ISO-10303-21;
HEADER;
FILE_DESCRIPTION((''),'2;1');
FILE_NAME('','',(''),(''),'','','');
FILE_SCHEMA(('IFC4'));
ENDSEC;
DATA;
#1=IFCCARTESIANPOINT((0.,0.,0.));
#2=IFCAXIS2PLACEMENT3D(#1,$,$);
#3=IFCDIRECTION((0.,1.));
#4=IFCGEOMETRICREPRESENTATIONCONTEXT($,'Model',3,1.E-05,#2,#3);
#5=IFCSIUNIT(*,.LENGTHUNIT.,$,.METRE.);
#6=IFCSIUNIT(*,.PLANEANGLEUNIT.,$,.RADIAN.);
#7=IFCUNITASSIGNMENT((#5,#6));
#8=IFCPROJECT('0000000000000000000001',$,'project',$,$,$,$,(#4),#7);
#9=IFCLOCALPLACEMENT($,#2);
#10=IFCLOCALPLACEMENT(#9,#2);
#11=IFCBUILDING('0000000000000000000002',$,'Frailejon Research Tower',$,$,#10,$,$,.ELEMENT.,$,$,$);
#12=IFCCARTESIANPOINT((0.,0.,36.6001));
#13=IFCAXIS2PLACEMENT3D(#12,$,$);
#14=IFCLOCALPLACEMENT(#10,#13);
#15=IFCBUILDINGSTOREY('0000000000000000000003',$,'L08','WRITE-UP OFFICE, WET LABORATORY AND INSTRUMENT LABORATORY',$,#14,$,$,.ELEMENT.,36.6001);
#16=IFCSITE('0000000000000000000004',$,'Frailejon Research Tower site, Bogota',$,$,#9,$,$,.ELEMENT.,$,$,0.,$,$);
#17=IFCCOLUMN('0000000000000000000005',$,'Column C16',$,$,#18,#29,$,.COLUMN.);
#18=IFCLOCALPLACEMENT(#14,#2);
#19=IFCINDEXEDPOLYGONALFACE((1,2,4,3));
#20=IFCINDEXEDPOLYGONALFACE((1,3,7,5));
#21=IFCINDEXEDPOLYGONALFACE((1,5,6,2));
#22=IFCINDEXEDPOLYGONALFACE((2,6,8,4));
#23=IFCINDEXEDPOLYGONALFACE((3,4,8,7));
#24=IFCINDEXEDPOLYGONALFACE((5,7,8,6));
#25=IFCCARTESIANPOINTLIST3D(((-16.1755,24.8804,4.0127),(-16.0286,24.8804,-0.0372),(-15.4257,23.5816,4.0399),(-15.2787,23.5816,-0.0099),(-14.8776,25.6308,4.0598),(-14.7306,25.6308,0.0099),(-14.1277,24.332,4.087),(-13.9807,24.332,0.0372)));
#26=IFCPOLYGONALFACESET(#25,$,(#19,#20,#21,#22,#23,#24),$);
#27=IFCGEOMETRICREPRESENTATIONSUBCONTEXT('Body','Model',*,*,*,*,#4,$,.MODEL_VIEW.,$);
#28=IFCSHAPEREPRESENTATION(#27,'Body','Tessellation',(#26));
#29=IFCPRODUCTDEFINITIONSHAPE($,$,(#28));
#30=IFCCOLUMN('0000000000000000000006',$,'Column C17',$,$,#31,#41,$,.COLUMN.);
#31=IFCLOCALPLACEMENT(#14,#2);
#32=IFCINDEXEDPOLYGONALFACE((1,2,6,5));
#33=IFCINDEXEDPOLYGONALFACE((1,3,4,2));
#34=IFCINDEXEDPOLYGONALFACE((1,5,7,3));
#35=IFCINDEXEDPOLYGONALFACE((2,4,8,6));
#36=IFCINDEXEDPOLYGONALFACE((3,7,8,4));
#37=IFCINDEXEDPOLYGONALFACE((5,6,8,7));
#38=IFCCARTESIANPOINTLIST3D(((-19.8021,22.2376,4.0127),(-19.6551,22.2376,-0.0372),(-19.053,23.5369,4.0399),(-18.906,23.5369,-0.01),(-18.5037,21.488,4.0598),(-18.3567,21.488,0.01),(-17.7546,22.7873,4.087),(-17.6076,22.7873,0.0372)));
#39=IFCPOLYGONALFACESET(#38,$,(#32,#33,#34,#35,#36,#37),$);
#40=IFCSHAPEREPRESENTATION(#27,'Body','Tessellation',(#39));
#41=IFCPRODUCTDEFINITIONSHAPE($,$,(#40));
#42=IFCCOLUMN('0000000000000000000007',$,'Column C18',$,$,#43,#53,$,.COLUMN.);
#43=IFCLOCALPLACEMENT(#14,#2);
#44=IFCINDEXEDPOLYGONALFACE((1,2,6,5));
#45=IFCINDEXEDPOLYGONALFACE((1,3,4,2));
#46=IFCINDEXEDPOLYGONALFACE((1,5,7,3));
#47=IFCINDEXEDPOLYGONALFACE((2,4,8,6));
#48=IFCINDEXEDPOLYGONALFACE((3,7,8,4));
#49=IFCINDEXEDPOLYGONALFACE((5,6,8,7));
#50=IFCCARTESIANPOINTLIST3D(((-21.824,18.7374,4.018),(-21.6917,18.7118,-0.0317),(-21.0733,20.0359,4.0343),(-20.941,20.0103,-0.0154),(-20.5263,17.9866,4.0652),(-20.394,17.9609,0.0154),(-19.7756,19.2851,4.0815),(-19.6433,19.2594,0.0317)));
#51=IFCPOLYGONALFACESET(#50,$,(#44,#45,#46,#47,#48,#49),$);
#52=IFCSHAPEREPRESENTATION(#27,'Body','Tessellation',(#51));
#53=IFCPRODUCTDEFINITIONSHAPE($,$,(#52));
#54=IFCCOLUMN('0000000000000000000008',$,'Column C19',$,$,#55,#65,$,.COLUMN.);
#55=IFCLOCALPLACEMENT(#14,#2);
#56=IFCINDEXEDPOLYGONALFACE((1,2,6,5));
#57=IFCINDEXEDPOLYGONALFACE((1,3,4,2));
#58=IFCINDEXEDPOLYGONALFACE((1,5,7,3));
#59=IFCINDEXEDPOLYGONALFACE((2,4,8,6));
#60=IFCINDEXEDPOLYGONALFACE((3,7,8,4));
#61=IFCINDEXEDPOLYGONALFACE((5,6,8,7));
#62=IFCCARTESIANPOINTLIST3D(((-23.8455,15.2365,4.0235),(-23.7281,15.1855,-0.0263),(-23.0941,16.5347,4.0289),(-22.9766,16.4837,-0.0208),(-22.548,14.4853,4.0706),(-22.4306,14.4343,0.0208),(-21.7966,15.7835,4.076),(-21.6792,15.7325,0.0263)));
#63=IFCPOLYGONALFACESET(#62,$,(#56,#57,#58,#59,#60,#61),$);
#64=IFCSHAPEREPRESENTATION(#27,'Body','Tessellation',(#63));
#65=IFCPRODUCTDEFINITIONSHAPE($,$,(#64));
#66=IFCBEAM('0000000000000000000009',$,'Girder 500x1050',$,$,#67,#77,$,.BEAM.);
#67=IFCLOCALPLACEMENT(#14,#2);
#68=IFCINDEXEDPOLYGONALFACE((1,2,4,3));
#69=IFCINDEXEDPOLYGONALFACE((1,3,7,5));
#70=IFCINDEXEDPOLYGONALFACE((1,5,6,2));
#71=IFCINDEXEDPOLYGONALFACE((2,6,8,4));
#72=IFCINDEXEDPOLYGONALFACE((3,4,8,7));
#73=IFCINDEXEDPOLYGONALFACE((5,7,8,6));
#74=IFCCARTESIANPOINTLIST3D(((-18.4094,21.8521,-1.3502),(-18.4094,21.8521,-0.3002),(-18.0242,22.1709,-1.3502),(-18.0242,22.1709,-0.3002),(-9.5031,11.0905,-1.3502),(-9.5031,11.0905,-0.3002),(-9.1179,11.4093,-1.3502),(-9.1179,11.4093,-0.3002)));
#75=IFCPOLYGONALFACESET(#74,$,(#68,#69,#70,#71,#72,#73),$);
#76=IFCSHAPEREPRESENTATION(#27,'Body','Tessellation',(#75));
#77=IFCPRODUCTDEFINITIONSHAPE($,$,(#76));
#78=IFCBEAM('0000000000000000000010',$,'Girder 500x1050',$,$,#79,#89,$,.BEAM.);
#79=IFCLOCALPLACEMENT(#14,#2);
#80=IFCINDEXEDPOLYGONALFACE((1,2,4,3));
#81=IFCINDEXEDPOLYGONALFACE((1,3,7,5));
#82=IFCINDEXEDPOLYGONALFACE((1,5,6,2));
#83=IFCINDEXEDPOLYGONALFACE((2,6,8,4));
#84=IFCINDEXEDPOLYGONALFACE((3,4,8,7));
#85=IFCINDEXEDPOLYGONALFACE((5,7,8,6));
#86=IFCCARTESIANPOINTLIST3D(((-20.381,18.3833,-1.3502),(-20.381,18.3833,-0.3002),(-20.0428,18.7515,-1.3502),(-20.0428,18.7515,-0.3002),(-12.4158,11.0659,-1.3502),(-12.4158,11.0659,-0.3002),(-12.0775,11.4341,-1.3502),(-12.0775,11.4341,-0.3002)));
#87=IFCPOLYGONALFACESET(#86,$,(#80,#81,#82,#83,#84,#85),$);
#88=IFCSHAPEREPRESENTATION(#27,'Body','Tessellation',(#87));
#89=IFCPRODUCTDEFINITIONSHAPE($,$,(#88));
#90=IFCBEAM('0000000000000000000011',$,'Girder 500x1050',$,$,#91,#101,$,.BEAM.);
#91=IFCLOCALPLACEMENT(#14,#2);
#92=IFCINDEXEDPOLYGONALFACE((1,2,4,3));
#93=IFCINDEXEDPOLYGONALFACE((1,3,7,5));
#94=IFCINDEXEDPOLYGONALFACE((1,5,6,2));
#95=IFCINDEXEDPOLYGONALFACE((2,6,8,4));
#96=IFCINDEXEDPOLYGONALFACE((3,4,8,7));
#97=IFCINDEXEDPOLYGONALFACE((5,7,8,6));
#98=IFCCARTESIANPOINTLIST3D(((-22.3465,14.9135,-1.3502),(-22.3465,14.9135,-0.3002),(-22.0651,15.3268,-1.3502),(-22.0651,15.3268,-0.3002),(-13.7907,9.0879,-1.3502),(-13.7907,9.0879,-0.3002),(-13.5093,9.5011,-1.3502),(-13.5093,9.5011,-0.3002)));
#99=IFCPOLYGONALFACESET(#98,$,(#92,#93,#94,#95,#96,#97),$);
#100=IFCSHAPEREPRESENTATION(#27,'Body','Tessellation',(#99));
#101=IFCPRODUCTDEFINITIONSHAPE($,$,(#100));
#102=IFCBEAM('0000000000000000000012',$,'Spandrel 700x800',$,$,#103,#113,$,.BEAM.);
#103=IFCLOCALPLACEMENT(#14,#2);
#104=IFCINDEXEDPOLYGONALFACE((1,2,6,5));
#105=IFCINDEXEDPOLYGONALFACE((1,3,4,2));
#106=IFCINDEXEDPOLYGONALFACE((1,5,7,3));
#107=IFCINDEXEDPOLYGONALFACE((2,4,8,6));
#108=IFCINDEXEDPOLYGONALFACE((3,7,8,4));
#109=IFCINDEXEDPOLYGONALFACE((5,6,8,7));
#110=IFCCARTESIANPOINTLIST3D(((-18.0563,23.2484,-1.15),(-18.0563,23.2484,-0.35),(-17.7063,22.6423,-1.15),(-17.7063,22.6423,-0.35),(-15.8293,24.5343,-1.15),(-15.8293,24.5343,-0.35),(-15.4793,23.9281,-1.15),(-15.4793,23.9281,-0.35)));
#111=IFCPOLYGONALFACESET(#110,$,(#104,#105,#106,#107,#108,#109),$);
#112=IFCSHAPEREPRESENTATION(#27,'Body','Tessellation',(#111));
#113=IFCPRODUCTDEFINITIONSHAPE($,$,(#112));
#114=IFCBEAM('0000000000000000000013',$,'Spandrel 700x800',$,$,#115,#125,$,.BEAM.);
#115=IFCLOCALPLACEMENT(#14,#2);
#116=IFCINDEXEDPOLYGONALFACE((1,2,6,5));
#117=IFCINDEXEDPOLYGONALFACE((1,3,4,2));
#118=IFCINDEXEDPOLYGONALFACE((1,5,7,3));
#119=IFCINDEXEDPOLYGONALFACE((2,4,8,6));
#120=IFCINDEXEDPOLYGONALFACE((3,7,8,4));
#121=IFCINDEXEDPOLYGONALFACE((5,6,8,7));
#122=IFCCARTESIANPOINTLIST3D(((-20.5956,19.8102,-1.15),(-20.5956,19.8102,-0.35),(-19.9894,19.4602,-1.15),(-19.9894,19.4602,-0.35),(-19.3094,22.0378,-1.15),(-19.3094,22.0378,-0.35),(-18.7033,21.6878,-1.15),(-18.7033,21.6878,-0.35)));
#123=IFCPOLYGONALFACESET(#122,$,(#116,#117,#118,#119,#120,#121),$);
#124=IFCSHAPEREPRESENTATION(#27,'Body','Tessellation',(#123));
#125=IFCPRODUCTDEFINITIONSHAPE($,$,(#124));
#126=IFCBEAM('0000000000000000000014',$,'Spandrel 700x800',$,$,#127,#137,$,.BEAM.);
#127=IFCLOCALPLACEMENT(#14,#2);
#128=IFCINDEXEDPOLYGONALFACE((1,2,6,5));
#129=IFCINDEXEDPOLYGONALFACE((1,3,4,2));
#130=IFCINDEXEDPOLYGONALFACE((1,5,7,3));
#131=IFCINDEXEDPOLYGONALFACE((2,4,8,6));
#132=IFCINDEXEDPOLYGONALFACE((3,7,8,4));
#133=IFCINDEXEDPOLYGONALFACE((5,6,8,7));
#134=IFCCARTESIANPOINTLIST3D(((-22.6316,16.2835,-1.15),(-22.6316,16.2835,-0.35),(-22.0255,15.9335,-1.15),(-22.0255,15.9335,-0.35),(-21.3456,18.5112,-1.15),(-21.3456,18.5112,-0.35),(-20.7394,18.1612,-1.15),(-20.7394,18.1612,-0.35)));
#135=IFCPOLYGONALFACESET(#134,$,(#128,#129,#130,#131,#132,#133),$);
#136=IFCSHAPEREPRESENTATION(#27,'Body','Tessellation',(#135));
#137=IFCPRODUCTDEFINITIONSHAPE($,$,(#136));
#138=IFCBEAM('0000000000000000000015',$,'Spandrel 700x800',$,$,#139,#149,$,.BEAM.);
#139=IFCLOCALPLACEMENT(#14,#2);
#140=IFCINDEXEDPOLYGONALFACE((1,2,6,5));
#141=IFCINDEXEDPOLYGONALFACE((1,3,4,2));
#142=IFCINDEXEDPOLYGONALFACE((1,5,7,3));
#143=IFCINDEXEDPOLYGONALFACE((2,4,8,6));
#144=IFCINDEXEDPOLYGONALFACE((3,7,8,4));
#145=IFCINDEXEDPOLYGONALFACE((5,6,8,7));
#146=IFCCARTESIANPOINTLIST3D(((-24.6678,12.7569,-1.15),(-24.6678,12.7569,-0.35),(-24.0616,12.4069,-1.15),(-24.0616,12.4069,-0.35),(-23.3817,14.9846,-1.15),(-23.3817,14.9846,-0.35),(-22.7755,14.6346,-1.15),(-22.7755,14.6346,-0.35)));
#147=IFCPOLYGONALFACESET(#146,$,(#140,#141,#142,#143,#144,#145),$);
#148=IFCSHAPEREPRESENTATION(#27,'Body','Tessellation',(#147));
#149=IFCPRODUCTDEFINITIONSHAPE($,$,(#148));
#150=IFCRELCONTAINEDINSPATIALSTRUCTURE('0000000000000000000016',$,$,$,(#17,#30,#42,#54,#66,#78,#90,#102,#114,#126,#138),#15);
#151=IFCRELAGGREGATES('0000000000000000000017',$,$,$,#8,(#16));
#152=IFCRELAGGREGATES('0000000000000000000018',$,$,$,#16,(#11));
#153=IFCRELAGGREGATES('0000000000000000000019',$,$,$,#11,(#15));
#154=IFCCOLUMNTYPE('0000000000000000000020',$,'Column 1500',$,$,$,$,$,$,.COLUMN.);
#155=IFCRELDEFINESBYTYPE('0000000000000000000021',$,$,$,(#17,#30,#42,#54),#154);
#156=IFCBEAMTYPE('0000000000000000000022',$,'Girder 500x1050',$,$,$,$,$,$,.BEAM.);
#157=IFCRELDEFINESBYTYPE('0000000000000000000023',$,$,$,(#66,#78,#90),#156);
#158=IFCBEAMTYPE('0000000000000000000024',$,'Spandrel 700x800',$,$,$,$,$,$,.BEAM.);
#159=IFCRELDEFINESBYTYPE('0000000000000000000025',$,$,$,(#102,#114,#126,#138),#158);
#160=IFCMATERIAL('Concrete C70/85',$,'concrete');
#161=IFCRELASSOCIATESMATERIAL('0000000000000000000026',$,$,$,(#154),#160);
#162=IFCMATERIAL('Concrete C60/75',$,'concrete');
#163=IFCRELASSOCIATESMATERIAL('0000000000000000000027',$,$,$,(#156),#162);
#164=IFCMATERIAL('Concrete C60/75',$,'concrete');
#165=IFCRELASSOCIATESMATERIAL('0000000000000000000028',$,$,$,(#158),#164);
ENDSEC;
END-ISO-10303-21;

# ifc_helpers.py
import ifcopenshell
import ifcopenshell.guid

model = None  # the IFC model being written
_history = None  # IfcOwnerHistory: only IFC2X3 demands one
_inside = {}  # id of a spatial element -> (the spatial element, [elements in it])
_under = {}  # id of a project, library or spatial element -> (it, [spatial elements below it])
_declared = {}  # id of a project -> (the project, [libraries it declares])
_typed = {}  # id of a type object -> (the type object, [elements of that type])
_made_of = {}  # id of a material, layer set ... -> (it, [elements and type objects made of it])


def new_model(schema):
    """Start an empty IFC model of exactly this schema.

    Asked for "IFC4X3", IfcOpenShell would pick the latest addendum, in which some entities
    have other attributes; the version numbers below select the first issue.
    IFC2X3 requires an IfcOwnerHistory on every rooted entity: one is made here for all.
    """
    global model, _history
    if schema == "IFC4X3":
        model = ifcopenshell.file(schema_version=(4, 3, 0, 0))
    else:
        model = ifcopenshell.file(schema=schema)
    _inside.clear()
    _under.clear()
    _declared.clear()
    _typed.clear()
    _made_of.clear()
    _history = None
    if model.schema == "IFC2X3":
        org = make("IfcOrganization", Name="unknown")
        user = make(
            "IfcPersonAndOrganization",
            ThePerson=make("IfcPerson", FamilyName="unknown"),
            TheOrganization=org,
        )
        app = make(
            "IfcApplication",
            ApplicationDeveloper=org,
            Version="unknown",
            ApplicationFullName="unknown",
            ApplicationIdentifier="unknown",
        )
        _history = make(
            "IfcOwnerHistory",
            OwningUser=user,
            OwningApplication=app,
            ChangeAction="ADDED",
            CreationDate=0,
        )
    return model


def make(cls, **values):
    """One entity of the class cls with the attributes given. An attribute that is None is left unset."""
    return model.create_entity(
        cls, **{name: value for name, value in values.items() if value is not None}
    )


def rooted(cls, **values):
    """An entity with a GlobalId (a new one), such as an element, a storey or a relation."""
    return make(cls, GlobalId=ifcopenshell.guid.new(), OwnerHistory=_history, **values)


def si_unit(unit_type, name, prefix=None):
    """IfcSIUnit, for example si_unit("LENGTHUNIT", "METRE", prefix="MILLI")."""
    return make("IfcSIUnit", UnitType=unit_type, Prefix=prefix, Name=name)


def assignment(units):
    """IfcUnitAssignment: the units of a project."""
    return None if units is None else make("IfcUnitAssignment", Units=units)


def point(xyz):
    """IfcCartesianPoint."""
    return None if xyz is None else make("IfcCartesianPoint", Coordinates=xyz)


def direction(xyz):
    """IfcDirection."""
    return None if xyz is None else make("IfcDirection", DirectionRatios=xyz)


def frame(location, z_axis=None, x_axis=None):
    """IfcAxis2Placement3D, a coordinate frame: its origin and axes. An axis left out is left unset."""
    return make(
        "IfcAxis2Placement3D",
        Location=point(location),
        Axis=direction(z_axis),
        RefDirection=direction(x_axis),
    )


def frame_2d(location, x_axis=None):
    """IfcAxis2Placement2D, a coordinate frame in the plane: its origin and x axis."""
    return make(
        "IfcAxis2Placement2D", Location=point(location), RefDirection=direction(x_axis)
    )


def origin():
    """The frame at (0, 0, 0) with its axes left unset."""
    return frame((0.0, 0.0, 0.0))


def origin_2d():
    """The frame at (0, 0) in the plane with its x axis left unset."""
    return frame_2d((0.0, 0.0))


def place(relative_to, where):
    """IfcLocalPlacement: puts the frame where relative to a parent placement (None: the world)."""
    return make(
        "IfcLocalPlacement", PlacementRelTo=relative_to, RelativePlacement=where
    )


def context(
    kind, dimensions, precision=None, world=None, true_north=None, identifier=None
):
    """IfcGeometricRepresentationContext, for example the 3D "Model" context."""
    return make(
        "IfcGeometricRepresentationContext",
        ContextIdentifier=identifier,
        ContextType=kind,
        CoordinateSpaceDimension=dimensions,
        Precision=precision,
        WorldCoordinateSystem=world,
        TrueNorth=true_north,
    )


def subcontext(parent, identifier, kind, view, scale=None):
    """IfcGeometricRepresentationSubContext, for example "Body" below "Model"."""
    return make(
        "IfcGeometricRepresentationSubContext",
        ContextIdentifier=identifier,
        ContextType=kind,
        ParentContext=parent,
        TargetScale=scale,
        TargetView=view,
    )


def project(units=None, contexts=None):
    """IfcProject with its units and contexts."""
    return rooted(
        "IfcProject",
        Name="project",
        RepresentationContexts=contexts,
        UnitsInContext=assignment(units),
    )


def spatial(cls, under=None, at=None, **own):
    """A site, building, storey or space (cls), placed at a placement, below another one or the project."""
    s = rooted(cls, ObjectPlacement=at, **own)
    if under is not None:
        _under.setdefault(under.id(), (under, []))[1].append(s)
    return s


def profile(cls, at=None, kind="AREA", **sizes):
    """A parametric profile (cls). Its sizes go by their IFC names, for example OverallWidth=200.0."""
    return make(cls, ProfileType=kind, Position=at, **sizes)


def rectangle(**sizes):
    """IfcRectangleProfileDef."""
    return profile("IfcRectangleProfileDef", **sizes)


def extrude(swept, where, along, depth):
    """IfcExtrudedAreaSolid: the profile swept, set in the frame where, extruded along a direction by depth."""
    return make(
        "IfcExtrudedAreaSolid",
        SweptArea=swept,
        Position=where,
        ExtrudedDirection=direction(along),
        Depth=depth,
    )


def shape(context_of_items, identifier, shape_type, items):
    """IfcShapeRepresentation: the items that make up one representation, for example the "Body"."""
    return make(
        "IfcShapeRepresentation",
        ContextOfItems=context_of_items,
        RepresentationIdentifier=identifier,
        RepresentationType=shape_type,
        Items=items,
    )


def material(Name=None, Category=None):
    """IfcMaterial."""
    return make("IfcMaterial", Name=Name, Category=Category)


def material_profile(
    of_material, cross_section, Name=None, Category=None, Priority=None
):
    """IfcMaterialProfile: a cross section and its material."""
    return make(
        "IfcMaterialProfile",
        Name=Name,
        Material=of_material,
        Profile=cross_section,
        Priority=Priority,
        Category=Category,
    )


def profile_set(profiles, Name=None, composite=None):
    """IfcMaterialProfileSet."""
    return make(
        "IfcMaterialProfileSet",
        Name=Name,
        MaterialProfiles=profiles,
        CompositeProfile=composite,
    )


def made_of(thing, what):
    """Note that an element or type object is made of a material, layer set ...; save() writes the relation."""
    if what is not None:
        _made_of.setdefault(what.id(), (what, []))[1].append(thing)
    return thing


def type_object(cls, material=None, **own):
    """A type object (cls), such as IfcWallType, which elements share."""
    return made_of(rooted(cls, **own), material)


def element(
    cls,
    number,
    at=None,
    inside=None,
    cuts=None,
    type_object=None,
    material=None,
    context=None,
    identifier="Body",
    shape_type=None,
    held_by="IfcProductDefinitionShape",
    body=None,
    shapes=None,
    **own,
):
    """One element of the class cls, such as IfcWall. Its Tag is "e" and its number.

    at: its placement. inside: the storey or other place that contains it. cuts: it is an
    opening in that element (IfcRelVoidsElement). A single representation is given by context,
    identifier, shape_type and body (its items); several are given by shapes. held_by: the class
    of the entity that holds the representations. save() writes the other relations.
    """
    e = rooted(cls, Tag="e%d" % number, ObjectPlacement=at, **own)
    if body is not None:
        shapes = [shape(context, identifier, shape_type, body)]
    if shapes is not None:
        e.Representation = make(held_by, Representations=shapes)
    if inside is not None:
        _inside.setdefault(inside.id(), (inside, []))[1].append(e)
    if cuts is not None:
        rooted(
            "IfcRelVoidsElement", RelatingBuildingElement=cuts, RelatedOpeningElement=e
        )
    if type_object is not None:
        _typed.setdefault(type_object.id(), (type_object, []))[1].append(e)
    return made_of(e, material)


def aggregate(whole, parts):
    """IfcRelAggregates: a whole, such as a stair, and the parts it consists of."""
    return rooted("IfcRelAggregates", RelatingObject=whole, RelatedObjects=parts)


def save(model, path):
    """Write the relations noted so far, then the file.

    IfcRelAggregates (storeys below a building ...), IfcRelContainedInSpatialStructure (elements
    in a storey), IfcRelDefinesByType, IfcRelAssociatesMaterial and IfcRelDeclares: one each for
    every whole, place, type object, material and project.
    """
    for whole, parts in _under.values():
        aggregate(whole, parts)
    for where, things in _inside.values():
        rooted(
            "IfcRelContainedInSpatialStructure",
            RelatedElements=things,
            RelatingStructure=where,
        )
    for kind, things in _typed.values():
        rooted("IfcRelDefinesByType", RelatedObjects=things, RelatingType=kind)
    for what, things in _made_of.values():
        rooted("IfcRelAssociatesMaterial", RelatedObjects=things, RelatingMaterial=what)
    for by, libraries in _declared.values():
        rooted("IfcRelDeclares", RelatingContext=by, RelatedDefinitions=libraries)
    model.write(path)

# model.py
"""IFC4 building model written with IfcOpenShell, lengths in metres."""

from ifc_helpers import new_model, si_unit, direction, frame, origin, origin_2d, place, context, subcontext, project, spatial, rectangle, extrude, material, material_profile, profile_set, type_object, element, save


model = new_model("IFC4")

# Units and contexts
model_context = context("Model", 3, precision=1e-05, world=origin(), true_north=direction((0.0, 1.0)))
body_context = subcontext(model_context, "Body", "Model", "MODEL_VIEW")
ifc_project = project(units=[si_unit("LENGTHUNIT", "METRE"), si_unit("PLANEANGLEUNIT", "RADIAN")], contexts=[model_context])

# Site, building, storey
site_placement = place(None, origin())
site = spatial("IfcSite", under=ifc_project, at=site_placement, Name="Frailejon Research Tower site, Bogota", CompositionType="ELEMENT", RefElevation=0.0)
building_placement = place(site_placement, origin())
building = spatial("IfcBuilding", under=site, at=building_placement, Name="Frailejon Research Tower", CompositionType="ELEMENT")
storey_placement = place(building_placement, frame((0.0, 0.0, 36.6001)))
storey = spatial("IfcBuildingStorey", under=building, at=storey_placement, Name="L08", Description="WRITE-UP OFFICE, WET LABORATORY AND INSTRUMENT LABORATORY", CompositionType="ELEMENT", Elevation=36.6001)

# Columns
ifc_material_1 = material(Name="Concrete C70/85", Category="concrete")
ifc_material_profile_1 = material_profile(ifc_material_1, rectangle(XDim=1.5, YDim=1.5, at=origin_2d()), Name="Column 1500")
ifc_profile_set_1 = profile_set([ifc_material_profile_1], Name="Concrete C70/85")
column_type = type_object("IfcColumnType", Name="Column 1500", PredefinedType="COLUMN", material=ifc_profile_set_1)
for number, where, z_axis, x_axis, name in (
    (1, (-15.0046, 24.6062, 0.0), (-0.036267, 0.0, 0.999342), (-0.865313, -0.500246, -0.031403), "Column C16"),
    (2, (-18.6313, 22.5125, 0.0), (-0.036267, 0.0, 0.999342), (-0.499425, -0.866168, -0.018125), "Column C17"),
):
    element("IfcColumn", number, at=place(storey_placement, frame(where, z_axis=z_axis, x_axis=x_axis)), inside=storey, type_object=column_type, Name=name, PredefinedType="COLUMN", context=body_context, shape_type="SweptSolid", body=[
        extrude(rectangle(XDim=1.5, YDim=1.5, at=origin_2d()), origin(), (0.0, 0.0, 1.0), 4.0525),
    ])
column_1_placement = place(storey_placement, frame((-20.6675, 18.9856, 0.0), z_axis=(-0.032656, 0.006326, 0.999447), x_axis=(-0.500479, -0.865681, -0.010873)))
element("IfcColumn", 3, at=column_1_placement, inside=storey, type_object=column_type, Name="Column C18", PredefinedType="COLUMN", context=body_context, shape_type="SweptSolid", body=[
    extrude(rectangle(XDim=1.5, YDim=1.5, at=origin_2d()), origin(), (0.0, 0.0, 1.0), 4.052),
])
column_2_placement = place(storey_placement, frame((-22.7036, 15.459, 0.0), z_axis=(-0.028982, 0.012593, 0.999501), x_axis=(-0.500966, -0.865459, -0.003622)))
element("IfcColumn", 4, at=column_2_placement, inside=storey, type_object=column_type, Name="Column C19", PredefinedType="COLUMN", context=body_context, shape_type="SweptSolid", body=[
    extrude(rectangle(XDim=1.5, YDim=1.5, at=origin_2d()), origin(), (0.0, 0.0, 1.0), 4.0518),
])

# Beams
ifc_material_2 = material(Name="Concrete C60/75", Category="concrete")
ifc_material_profile_2 = material_profile(ifc_material_2, rectangle(XDim=0.5, YDim=1.05, at=origin_2d()), Name="Girder 500x1050")
ifc_profile_set_2 = profile_set([ifc_material_profile_2], Name="Concrete C60/75")
beam_type_1 = type_object("IfcBeamType", Name="Girder 500x1050", PredefinedType="BEAM", material=ifc_profile_set_2)
beam_1_placement = place(storey_placement, frame((-18.2168, 22.0115, -0.8252), z_axis=(0.637576, -0.770387, 0.0), x_axis=(0.770387, 0.637576, 0.0)))
element("IfcBeam", 5, at=beam_1_placement, inside=storey, type_object=beam_type_1, Name="Girder 500x1050", PredefinedType="BEAM", context=body_context, shape_type="SweptSolid", body=[
    extrude(rectangle(XDim=0.5, YDim=1.05, at=origin_2d()), origin(), (0.0, 0.0, 1.0), 13.969),
])
beam_2_placement = place(storey_placement, frame((-20.2119, 18.5674, -0.8252), z_axis=(0.736425, -0.676519, 0.0), x_axis=(0.676519, 0.736425, 0.0)))
element("IfcBeam", 6, at=beam_2_placement, inside=storey, type_object=beam_type_1, Name="Girder 500x1050", PredefinedType="BEAM", context=body_context, shape_type="SweptSolid", body=[
    extrude(rectangle(XDim=0.5, YDim=1.05, at=origin_2d()), origin(), (0.0, 0.0, 1.0), 10.8162),
])
beam_3_placement = place(storey_placement, frame((-22.2058, 15.1201, -0.8252), z_axis=(0.826582, -0.562816, 0.0), x_axis=(0.562816, 0.826582, 0.0)))
element("IfcBeam", 7, at=beam_3_placement, inside=storey, type_object=beam_type_1, Name="Girder 500x1050", PredefinedType="BEAM", context=body_context, shape_type="SweptSolid", body=[
    extrude(rectangle(XDim=0.5, YDim=1.05, at=origin_2d()), origin(), (0.0, 0.0, 1.0), 10.3508),
])
ifc_material_3 = material(Name="Concrete C60/75", Category="concrete")
ifc_material_profile_3 = material_profile(ifc_material_3, rectangle(XDim=0.7, YDim=0.8, at=origin_2d()), Name="Spandrel 700x800")
ifc_profile_set_3 = profile_set([ifc_material_profile_3], Name="Concrete C60/75")
beam_type_2 = type_object("IfcBeamType", Name="Spandrel 700x800", PredefinedType="BEAM", material=ifc_profile_set_3)
beam_4_placement = place(storey_placement, frame((-15.6543, 24.2312, -0.75), z_axis=(-0.866009, -0.500029, 0.0), x_axis=(0.500029, -0.866009, 0.0)))
element("IfcBeam", 8, at=beam_4_placement, inside=storey, type_object=beam_type_2, Name="Spandrel 700x800", PredefinedType="BEAM", context=body_context, shape_type="SweptSolid", body=[
    extrude(rectangle(XDim=0.7, YDim=0.8, at=origin_2d()), origin(), (0.0, 0.0, 1.0), 2.5715),
])
for number, where, z_axis, x_axis, name in (
    (9, (-19.0063, 21.8628, -0.75), (-0.500018, -0.866015, 0.0), (0.866015, -0.500018, 0.0), "Spandrel 700x800"),
    (10, (-21.0425, 18.3362, -0.75), (-0.499977, -0.866039, 0.0), (0.866039, -0.499977, 0.0), "Spandrel 700x800"),
    (11, (-23.0786, 14.8096, -0.75), (-0.499977, -0.866039, 0.0), (0.866039, -0.499977, 0.0), "Spandrel 700x800"),
):
    element("IfcBeam", number, at=place(storey_placement, frame(where, z_axis=z_axis, x_axis=x_axis)), inside=storey, type_object=beam_type_2, Name=name, PredefinedType="BEAM", context=body_context, shape_type="SweptSolid", body=[
        extrude(rectangle(XDim=0.7, YDim=0.8, at=origin_2d()), origin(), (0.0, 0.0, 1.0), 2.5723),
    ])

save(model, "model.ifc")
